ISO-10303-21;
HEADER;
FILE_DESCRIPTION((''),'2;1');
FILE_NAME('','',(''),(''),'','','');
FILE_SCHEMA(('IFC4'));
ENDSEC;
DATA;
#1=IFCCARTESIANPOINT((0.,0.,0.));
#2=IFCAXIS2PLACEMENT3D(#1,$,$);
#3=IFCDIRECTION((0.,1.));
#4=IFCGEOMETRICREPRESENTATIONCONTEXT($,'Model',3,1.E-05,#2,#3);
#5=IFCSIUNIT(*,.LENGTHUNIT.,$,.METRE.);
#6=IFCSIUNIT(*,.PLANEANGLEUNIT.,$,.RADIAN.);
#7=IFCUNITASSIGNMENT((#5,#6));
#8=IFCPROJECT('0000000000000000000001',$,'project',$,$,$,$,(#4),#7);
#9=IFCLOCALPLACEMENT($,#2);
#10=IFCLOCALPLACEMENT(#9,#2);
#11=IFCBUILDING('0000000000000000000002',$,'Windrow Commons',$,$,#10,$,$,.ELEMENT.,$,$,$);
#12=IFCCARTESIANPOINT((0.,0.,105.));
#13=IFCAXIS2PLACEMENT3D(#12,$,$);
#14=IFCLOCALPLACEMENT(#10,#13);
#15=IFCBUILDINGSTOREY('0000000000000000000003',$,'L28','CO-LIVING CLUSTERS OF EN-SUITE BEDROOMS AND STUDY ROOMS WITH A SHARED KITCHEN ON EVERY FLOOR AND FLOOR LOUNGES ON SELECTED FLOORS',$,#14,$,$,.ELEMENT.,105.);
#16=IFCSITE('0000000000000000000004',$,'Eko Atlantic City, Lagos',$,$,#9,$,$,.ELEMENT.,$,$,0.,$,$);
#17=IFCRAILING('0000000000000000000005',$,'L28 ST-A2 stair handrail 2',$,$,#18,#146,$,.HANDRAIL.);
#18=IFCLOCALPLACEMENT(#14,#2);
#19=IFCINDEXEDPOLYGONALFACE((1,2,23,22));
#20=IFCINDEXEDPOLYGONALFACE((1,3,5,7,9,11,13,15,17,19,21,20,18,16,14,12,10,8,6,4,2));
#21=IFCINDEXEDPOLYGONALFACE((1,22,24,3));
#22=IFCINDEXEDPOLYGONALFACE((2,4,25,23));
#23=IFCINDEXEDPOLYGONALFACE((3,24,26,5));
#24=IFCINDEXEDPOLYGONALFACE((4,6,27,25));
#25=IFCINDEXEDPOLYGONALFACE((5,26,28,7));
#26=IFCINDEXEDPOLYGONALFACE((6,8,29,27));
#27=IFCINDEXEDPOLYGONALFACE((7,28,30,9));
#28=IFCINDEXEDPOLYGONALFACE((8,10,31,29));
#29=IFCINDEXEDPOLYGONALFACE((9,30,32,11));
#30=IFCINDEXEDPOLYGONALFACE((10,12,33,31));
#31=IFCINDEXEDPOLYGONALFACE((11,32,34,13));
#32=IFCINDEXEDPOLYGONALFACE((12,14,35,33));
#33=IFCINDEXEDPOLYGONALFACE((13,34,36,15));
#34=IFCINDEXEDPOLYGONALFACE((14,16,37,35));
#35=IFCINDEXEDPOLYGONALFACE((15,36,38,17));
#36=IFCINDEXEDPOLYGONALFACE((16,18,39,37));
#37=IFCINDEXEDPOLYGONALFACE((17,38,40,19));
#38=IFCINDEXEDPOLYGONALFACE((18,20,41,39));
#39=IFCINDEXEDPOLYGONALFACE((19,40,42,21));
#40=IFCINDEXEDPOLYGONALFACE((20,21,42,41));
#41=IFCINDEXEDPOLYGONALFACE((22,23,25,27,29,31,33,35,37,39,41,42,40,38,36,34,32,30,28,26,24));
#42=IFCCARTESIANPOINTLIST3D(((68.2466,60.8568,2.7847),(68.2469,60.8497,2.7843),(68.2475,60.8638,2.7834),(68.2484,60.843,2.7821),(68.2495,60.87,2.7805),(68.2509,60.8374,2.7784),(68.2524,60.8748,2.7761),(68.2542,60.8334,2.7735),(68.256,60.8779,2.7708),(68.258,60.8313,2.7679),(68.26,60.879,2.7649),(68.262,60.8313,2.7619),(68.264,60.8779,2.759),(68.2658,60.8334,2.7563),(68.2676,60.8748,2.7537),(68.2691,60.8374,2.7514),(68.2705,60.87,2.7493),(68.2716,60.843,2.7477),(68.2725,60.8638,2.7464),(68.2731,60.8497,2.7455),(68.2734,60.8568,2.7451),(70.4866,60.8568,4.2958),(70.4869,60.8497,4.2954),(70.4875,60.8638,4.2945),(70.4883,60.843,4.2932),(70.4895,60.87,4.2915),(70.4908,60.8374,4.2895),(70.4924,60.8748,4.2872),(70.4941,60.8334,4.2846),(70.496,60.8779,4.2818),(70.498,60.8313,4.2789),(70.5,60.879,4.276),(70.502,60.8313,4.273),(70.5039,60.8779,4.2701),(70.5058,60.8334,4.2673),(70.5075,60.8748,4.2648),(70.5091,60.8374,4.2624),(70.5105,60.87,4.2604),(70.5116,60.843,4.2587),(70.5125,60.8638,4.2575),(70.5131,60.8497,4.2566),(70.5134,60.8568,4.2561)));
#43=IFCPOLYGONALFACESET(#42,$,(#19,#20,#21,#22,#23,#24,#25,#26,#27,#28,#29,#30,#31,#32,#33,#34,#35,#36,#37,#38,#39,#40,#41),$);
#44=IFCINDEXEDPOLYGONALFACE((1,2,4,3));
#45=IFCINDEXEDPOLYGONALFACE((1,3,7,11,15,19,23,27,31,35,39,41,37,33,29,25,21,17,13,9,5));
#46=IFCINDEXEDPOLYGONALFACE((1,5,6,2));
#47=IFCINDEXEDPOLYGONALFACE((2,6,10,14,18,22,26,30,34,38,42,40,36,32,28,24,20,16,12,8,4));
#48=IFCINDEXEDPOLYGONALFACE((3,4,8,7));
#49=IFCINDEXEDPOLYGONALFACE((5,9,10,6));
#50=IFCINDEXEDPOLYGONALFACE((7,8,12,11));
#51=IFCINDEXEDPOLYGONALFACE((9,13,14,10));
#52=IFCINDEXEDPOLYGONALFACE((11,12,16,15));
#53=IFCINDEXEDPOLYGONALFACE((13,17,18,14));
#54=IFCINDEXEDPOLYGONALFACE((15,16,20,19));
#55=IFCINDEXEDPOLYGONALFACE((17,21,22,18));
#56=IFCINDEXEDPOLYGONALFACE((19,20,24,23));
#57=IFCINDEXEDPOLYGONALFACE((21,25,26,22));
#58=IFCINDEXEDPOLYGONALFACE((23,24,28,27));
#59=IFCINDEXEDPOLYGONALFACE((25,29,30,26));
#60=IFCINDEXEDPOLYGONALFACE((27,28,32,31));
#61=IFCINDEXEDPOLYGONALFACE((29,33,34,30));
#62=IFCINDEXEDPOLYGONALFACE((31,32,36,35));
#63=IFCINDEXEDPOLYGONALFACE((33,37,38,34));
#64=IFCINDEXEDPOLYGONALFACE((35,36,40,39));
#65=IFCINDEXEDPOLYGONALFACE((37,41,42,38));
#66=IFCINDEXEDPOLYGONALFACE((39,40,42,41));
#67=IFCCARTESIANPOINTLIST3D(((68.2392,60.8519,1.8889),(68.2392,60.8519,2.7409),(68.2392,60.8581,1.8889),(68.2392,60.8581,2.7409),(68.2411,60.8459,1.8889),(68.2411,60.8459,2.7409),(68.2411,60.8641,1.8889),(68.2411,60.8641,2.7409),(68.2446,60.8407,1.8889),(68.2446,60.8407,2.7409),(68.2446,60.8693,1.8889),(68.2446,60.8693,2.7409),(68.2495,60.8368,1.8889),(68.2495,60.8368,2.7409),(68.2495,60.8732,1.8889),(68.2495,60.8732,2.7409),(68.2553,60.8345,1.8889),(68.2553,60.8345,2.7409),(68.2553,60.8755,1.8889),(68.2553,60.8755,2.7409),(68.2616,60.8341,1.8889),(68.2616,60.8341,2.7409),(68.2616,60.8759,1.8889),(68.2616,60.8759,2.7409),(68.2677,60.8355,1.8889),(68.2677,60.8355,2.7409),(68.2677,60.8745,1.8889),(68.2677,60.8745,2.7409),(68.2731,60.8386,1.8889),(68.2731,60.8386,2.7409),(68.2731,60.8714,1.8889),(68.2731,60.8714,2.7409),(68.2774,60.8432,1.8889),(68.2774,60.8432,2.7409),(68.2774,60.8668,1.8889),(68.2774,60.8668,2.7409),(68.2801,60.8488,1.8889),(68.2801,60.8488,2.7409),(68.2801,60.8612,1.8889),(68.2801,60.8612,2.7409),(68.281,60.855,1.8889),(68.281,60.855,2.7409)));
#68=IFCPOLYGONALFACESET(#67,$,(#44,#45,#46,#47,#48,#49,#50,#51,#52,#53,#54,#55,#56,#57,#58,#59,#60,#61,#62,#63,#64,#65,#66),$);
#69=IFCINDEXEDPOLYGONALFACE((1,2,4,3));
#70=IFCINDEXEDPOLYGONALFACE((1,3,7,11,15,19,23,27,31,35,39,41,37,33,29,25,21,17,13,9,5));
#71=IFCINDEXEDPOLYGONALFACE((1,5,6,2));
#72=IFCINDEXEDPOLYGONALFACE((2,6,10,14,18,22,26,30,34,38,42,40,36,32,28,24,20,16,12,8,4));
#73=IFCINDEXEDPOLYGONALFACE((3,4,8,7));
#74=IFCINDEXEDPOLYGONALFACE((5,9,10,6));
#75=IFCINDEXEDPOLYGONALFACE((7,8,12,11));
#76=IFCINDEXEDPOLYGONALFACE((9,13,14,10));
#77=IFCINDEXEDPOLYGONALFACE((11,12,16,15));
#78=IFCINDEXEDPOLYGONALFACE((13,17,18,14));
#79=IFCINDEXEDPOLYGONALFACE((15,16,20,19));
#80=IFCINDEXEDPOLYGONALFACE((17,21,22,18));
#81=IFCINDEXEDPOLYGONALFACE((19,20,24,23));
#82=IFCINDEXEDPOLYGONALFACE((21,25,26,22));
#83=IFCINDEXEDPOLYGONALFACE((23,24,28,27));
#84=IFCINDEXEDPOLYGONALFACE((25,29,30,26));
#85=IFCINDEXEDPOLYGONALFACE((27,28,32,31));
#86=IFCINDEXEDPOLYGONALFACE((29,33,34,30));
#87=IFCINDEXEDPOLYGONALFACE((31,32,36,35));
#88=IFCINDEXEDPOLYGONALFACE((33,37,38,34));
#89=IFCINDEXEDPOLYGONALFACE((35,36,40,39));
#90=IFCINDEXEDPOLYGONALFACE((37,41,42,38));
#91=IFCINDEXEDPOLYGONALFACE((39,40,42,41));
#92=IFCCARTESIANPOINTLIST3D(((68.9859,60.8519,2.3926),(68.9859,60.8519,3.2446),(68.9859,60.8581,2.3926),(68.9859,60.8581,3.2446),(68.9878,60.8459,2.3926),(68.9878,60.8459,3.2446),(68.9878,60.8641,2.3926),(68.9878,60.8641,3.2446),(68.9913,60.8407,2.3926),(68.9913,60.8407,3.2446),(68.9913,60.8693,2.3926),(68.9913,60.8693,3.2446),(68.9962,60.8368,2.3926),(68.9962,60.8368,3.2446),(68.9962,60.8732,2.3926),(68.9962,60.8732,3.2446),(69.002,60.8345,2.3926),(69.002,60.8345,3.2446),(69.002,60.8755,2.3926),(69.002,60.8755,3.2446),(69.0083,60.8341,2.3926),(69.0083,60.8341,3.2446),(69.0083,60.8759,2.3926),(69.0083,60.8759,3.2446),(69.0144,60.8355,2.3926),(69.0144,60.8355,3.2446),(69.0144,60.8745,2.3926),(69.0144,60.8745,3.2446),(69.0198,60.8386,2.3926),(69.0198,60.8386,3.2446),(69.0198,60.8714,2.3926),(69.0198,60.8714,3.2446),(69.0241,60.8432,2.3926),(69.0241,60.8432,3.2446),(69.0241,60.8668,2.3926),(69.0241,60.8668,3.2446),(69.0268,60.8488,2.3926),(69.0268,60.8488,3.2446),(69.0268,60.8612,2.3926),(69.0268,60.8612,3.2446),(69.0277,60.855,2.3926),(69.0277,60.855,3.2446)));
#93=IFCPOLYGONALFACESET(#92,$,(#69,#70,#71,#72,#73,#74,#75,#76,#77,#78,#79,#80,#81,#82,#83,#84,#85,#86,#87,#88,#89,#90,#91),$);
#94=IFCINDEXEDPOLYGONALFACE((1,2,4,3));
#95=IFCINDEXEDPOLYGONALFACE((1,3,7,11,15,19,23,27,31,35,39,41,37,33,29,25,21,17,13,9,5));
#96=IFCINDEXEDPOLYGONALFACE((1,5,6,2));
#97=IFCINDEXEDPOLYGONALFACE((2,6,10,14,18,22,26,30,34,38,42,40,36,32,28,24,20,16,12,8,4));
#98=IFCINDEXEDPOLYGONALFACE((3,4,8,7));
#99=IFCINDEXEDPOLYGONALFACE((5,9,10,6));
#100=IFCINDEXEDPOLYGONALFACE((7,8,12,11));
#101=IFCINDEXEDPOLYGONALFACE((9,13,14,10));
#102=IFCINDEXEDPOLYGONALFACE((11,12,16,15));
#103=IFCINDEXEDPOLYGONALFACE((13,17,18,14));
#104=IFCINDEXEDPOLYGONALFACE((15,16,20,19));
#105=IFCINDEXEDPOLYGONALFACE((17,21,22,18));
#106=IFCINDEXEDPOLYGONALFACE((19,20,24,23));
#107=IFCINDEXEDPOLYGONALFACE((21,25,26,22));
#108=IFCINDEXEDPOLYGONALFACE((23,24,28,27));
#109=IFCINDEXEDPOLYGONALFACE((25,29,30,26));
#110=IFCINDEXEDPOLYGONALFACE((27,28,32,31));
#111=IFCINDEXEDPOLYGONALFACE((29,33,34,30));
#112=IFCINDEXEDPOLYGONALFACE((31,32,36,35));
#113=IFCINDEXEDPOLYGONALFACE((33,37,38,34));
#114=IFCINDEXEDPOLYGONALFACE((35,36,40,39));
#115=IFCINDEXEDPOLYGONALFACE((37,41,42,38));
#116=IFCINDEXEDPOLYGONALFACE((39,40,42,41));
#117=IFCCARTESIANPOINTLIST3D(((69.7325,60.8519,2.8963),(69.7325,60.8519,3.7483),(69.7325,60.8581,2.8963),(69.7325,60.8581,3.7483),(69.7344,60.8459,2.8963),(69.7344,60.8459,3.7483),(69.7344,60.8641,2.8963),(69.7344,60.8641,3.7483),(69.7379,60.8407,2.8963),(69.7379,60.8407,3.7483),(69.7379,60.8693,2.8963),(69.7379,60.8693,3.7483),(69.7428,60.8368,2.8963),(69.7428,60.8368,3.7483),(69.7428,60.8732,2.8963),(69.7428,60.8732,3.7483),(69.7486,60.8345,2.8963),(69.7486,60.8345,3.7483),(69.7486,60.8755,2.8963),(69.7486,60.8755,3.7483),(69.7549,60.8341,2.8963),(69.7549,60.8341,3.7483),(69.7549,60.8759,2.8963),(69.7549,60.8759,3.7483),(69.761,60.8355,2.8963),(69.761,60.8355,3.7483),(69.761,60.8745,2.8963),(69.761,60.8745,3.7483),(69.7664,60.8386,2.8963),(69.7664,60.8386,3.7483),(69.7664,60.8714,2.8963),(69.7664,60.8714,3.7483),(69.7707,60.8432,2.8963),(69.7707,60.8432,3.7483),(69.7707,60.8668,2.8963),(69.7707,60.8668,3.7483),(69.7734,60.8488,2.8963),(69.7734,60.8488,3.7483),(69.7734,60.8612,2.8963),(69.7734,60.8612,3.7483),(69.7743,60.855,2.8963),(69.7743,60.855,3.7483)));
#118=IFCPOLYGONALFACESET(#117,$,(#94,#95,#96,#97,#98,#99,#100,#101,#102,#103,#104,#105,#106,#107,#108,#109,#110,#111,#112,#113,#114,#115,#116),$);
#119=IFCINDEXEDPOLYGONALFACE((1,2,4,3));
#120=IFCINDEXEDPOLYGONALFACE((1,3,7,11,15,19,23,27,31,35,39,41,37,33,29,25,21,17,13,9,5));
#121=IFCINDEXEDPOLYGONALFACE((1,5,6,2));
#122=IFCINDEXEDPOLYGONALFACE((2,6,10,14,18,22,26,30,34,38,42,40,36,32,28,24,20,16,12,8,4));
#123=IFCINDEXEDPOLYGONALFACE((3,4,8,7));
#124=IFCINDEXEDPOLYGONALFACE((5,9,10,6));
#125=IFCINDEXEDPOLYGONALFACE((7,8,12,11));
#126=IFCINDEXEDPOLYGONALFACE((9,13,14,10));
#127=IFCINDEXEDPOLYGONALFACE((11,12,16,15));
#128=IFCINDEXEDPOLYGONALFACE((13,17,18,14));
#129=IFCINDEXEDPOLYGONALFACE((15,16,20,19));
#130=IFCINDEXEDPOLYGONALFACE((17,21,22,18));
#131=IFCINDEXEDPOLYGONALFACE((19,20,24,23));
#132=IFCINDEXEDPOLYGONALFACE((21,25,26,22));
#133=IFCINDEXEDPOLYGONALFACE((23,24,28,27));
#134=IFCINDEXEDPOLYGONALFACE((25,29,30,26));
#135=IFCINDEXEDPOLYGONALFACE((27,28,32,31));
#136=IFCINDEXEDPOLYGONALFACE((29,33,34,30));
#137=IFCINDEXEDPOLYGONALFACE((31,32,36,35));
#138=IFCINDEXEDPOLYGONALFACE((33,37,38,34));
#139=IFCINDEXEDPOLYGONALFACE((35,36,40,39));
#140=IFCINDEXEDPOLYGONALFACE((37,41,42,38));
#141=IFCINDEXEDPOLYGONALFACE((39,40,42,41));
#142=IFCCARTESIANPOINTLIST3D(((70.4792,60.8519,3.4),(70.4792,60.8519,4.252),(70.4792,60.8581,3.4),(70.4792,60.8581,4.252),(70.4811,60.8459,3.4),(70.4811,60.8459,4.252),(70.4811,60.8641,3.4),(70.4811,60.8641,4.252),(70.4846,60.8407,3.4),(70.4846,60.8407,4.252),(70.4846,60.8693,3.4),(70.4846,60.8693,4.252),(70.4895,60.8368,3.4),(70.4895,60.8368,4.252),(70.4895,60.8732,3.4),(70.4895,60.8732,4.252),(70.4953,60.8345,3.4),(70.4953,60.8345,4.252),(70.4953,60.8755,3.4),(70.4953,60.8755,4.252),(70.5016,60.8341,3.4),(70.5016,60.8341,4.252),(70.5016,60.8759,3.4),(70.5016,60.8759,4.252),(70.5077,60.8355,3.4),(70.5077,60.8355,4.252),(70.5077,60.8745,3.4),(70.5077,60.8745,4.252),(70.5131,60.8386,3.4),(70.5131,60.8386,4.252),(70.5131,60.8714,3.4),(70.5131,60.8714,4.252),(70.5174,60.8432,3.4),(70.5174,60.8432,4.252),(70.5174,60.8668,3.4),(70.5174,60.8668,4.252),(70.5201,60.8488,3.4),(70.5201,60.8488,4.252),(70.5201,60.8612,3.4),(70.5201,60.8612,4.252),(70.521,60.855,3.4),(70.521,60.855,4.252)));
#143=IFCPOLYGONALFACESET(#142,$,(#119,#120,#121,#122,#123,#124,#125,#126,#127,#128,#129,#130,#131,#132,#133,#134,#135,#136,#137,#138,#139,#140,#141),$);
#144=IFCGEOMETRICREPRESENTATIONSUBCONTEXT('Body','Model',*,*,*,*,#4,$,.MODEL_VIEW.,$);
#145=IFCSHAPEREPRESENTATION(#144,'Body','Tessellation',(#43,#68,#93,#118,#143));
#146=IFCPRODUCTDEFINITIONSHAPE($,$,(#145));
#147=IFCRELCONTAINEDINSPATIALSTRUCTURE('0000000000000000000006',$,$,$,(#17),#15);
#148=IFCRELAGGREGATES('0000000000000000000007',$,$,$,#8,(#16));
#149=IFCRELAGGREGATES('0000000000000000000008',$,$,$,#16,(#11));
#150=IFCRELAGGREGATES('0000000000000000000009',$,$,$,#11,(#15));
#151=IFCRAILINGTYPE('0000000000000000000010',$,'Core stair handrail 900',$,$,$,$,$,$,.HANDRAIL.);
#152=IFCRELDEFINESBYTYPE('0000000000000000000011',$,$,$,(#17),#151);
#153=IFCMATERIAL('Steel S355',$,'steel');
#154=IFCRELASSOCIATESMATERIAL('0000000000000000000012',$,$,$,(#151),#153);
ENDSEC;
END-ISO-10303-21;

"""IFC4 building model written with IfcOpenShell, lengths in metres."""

from ifc_helpers import new_model, si_unit, direction, frame, origin, origin_2d, place, context, subcontext, project, spatial, circle, extrude, material, type_object, element, save


model = new_model("IFC4")

# Units and contexts
model_context = context("Model", 3, precision=1e-05, world=origin(), true_north=direction((0.0, 1.0)))
body_context = subcontext(model_context, "Body", "Model", "MODEL_VIEW")
ifc_project = project(units=[si_unit("LENGTHUNIT", "METRE"), si_unit("PLANEANGLEUNIT", "RADIAN")], contexts=[model_context])

# Site, building, storey
site_placement = place(None, origin())
site = spatial("IfcSite", under=ifc_project, at=site_placement, Name="Eko Atlantic City, Lagos", CompositionType="ELEMENT", RefElevation=0.0)
building_placement = place(site_placement, origin())
building = spatial("IfcBuilding", under=site, at=building_placement, Name="Windrow Commons", CompositionType="ELEMENT")
storey_placement = place(building_placement, frame((0.0, 0.0, 105.0)))
storey = spatial("IfcBuildingStorey", under=building, at=storey_placement, Name="L28", Description="CO-LIVING CLUSTERS OF EN-SUITE BEDROOMS AND STUDY ROOMS WITH A SHARED KITCHEN ON EVERY FLOOR AND FLOOR LOUNGES ON SELECTED FLOORS", CompositionType="ELEMENT", Elevation=105.0)

# Railing
ifc_material_1 = material(Name="Steel S355", Category="steel")
railing_type_1 = type_object("IfcRailingType", Name="Core stair handrail 900", PredefinedType="HANDRAIL", material=ifc_material_1)
railing_1_placement = place(storey_placement, frame((68.26, 60.855, 1.8889)))
element("IfcRailing", 1, at=railing_1_placement, inside=storey, type_object=railing_type_1, Name="L28 ST-A2 stair handrail 2", PredefinedType="HANDRAIL", context=body_context, shape_type="SweptSolid", body=[
    extrude(circle(Radius=0.024, at=origin_2d()), frame((0.0, 0.0, 0.876), z_axis=(0.829003, 0.0, 0.559244), x_axis=(0.0, 1.0, 0.0)), (0.0, 0.0, 1.0), 2.702),
    extrude(circle(Radius=0.021, at=origin_2d()), origin(), (0.0, 0.0, 1.0), 0.852),
    extrude(circle(Radius=0.021, at=origin_2d()), frame((0.7467, 0.0, 0.5037)), (0.0, 0.0, 1.0), 0.852),
    extrude(circle(Radius=0.021, at=origin_2d()), frame((1.4933, 0.0, 1.0074)), (0.0, 0.0, 1.0), 0.852),
    extrude(circle(Radius=0.021, at=origin_2d()), frame((2.24, 0.0, 1.5111)), (0.0, 0.0, 1.0), 0.852),
])

save(model, "model.ifc")
